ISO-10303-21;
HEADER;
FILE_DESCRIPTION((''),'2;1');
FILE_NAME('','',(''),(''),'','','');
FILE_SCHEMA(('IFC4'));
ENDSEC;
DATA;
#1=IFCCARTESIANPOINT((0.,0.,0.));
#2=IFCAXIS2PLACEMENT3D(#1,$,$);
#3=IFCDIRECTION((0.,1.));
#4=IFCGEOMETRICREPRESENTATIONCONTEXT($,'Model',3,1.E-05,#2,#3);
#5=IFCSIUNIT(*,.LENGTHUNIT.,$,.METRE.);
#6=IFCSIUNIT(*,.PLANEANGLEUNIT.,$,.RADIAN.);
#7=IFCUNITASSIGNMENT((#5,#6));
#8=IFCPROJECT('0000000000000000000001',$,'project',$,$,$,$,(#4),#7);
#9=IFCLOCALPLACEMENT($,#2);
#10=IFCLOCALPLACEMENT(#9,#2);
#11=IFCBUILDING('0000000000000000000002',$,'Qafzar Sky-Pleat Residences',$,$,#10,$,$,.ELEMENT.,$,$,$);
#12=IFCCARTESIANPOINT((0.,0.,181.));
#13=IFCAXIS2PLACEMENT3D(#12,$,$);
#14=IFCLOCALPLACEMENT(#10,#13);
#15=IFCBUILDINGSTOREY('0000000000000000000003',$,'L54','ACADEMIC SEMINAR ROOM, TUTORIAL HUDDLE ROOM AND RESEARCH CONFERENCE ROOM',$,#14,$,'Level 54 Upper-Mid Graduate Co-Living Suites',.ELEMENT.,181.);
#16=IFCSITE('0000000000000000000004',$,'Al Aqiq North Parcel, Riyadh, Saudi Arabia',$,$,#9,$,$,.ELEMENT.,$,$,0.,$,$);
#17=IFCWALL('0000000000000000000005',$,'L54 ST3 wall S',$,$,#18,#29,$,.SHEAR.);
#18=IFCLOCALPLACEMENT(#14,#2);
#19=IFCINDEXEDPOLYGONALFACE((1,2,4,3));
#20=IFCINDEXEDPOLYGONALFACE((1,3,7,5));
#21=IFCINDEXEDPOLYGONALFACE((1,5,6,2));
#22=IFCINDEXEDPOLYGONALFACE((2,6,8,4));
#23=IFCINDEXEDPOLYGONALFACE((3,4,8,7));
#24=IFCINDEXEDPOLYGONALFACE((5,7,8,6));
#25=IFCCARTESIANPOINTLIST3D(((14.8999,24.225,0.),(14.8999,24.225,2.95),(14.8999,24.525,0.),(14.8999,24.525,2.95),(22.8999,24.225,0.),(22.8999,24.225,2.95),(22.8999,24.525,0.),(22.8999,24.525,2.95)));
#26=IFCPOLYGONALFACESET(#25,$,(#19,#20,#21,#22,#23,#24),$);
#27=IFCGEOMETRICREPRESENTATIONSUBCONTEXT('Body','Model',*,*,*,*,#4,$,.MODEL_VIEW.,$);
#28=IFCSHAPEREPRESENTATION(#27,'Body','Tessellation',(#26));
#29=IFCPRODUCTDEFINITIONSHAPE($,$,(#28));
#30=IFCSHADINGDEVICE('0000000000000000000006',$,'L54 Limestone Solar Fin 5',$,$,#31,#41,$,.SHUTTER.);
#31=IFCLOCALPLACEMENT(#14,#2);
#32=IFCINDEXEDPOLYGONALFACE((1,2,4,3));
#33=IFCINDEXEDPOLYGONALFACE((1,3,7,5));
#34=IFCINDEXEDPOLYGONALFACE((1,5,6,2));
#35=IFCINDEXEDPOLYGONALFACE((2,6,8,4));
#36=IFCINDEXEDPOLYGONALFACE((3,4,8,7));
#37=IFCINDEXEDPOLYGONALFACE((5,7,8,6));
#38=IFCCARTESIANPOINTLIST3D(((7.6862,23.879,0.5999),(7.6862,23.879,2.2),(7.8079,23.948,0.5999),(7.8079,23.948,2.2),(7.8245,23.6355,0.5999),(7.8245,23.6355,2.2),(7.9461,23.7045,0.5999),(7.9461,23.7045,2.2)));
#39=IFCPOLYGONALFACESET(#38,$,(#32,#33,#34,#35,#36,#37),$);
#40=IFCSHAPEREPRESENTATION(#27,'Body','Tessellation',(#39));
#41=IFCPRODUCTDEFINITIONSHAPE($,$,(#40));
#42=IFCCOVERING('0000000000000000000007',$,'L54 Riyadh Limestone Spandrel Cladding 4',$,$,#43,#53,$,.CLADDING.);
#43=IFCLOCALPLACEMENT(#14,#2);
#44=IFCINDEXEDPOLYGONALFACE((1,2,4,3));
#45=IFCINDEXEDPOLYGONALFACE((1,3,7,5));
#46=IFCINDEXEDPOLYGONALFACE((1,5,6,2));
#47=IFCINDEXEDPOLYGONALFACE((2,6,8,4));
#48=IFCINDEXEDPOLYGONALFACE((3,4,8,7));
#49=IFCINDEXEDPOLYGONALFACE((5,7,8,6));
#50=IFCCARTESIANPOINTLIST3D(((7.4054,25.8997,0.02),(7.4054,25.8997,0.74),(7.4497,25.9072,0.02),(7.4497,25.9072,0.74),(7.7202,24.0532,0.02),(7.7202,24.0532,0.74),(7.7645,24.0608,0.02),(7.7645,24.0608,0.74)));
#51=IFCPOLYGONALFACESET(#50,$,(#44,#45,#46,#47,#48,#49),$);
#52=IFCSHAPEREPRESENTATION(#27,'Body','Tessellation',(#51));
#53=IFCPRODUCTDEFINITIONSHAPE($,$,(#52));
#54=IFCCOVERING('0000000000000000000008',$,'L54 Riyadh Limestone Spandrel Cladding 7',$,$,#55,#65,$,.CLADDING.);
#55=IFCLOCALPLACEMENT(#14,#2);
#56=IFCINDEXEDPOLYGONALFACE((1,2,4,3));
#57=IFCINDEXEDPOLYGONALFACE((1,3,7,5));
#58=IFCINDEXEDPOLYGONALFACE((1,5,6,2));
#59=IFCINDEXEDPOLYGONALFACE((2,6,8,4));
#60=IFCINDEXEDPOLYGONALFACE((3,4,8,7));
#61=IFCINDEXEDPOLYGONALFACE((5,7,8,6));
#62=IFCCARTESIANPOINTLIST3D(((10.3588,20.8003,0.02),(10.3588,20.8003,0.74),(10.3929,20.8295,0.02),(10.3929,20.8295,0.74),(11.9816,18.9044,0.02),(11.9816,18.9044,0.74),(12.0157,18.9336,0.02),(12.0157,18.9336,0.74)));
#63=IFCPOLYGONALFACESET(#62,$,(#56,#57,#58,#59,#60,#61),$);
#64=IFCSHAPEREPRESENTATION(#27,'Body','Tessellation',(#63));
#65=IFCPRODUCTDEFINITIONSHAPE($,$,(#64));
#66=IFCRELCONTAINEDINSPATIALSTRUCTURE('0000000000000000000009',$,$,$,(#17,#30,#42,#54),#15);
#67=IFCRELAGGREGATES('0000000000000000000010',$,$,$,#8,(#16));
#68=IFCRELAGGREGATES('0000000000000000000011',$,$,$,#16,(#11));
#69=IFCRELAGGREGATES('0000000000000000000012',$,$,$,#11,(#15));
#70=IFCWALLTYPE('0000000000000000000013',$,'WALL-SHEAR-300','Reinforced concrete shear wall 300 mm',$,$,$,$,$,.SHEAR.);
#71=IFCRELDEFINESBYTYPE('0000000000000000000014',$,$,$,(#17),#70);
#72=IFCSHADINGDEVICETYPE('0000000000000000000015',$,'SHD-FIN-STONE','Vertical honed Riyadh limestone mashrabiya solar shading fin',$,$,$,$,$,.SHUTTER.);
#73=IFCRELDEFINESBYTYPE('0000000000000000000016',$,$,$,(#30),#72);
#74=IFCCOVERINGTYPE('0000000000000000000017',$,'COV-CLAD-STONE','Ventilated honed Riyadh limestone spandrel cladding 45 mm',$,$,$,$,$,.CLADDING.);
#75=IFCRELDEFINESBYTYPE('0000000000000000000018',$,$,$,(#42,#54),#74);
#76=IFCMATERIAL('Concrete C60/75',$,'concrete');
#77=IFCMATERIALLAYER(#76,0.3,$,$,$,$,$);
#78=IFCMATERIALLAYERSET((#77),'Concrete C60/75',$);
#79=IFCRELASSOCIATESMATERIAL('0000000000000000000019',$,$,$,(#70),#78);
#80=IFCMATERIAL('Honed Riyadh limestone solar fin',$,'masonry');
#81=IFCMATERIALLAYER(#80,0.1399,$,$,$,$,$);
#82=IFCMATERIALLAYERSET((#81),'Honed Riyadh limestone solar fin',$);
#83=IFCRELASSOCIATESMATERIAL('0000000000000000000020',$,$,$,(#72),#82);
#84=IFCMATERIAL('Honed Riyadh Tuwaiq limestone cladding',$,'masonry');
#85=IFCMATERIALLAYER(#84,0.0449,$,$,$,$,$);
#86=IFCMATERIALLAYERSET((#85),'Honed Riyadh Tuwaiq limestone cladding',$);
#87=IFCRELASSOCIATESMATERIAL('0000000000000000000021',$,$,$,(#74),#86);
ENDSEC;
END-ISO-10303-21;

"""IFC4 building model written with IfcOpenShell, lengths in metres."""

from ifc_helpers import new_model, si_unit, direction, frame, frame_2d, origin, origin_2d, place, context, subcontext, project, spatial, rectangle, extrude, source, transform, mapped, material, layer, layer_set, type_object, element, save


model = new_model("IFC4")

# Units and contexts
model_context = context("Model", 3, precision=1e-05, world=origin(), true_north=direction((0.0, 1.0)))
body_context = subcontext(model_context, "Body", "Model", "MODEL_VIEW")
ifc_project = project(units=[si_unit("LENGTHUNIT", "METRE"), si_unit("PLANEANGLEUNIT", "RADIAN")], contexts=[model_context])

# Site, building, storey
site_placement = place(None, origin())
site = spatial("IfcSite", under=ifc_project, at=site_placement, Name="Al Aqiq North Parcel, Riyadh, Saudi Arabia", CompositionType="ELEMENT", RefElevation=0.0)
building_placement = place(site_placement, origin())
building = spatial("IfcBuilding", under=site, at=building_placement, Name="Qafzar Sky-Pleat Residences", CompositionType="ELEMENT")
storey_placement = place(building_placement, frame((0.0, 0.0, 181.0)))
storey = spatial("IfcBuildingStorey", under=building, at=storey_placement, Name="L54", Description="ACADEMIC SEMINAR ROOM, TUTORIAL HUDDLE ROOM AND RESEARCH CONFERENCE ROOM", LongName="Level 54 Upper-Mid Graduate Co-Living Suites", CompositionType="ELEMENT", Elevation=181.0)

# Wall
ifc_material_1 = material(Name="Concrete C60/75", Category="concrete")
ifc_layer_1 = layer(ifc_material_1, 0.3)
ifc_layer_set_1 = layer_set([ifc_layer_1], Name="Concrete C60/75")
wall_type_1 = type_object("IfcWallType", Name="WALL-SHEAR-300", Description="Reinforced concrete shear wall 300 mm", PredefinedType="SHEAR", material=ifc_layer_set_1)
wall_1_placement = place(storey_placement, frame((14.8999, 24.375, 0.0), z_axis=(0.0, 0.0, 1.0), x_axis=(1.0, 0.0, 0.0)))
element("IfcWall", 1, at=wall_1_placement, inside=storey, type_object=wall_type_1, Name="L54 ST3 wall S", PredefinedType="SHEAR", context=body_context, shape_type="SweptSolid", body=[
    extrude(rectangle(XDim=8.0, YDim=0.3, at=frame_2d((4.0, 0.0))), origin(), (0.0, 0.0, 1.0), 2.95),
])

# Shading device
ifc_material_2 = material(Name="Honed Riyadh limestone solar fin", Category="masonry")
ifc_layer_2 = layer(ifc_material_2, 0.1399)
ifc_layer_set_2 = layer_set([ifc_layer_2], Name="Honed Riyadh limestone solar fin")
shading_device_type = type_object("IfcShadingDeviceType", Name="SHD-FIN-STONE", Description="Vertical honed Riyadh limestone mashrabiya solar shading fin", PredefinedType="SHUTTER", material=ifc_layer_set_2)
shared_shape_1 = source(origin(), body_context, "Body", "SweptSolid", [
    extrude(rectangle(XDim=0.1399, YDim=0.28, at=origin_2d()), origin(), (0.0, 0.0, 1.0), 1.6001),
])
shading_device_placement = place(storey_placement, frame((7.8162, 23.7917, 0.5999), z_axis=(0.0, 0.0, 1.0), x_axis=(-0.869658, -0.493655, 0.0)))
element("IfcShadingDevice", 2, at=shading_device_placement, inside=storey, type_object=shading_device_type, Name="L54 Limestone Solar Fin 5", PredefinedType="SHUTTER", context=body_context, shape_type="MappedRepresentation", body=[
    mapped(shared_shape_1, transform((0.0, 0.0, 0.0), x_axis=(1.0, 0.0, 0.0), y_axis=(0.0, 1.0, 0.0), z_axis=(0.0, 0.0, 1.0), scale=1.0)),
])

# Covering
ifc_material_3 = material(Name="Honed Riyadh Tuwaiq limestone cladding", Category="masonry")
ifc_layer_3 = layer(ifc_material_3, 0.0449)
ifc_layer_set_3 = layer_set([ifc_layer_3], Name="Honed Riyadh Tuwaiq limestone cladding")
covering_type = type_object("IfcCoveringType", Name="COV-CLAD-STONE", Description="Ventilated honed Riyadh limestone spandrel cladding 45 mm", PredefinedType="CLADDING", material=ifc_layer_set_3)
shared_shape_2 = source(origin(), body_context, "Body", "SweptSolid", [
    extrude(rectangle(XDim=1.873, YDim=0.0449, at=origin_2d()), origin(), (0.0, 0.0, 1.0), 0.72),
])
covering_1_placement = place(storey_placement, frame((7.585, 24.9802, 0.02), z_axis=(0.0, 0.0, 1.0), x_axis=(0.168076, -0.985774, 0.0)))
element("IfcCovering", 3, at=covering_1_placement, inside=storey, type_object=covering_type, Name="L54 Riyadh Limestone Spandrel Cladding 4", PredefinedType="CLADDING", context=body_context, shape_type="MappedRepresentation", body=[
    mapped(shared_shape_2, transform((0.0, 0.0, 0.0), x_axis=(1.0, 0.0, 0.0), y_axis=(0.0, 1.0, 0.0), z_axis=(0.0, 0.0, 1.0), scale=1.0)),
])

# Covering
shared_shape_3 = source(origin(), body_context, "Body", "SweptSolid", [
    extrude(rectangle(XDim=2.4956, YDim=0.0449, at=origin_2d()), origin(), (0.0, 0.0, 1.0), 0.72),
])
covering_2_placement = place(storey_placement, frame((11.1873, 19.8669, 0.02), z_axis=(0.0, 0.0, 1.0), x_axis=(0.650274, -0.759699, 0.0)))
element("IfcCovering", 4, at=covering_2_placement, inside=storey, type_object=covering_type, Name="L54 Riyadh Limestone Spandrel Cladding 7", PredefinedType="CLADDING", context=body_context, shape_type="MappedRepresentation", body=[
    mapped(shared_shape_3, transform((0.0, 0.0, 0.0), x_axis=(1.0, 0.0, 0.0), y_axis=(0.0, 1.0, 0.0), z_axis=(0.0, 0.0, 1.0), scale=1.0)),
])

save(model, "model.ifc")
